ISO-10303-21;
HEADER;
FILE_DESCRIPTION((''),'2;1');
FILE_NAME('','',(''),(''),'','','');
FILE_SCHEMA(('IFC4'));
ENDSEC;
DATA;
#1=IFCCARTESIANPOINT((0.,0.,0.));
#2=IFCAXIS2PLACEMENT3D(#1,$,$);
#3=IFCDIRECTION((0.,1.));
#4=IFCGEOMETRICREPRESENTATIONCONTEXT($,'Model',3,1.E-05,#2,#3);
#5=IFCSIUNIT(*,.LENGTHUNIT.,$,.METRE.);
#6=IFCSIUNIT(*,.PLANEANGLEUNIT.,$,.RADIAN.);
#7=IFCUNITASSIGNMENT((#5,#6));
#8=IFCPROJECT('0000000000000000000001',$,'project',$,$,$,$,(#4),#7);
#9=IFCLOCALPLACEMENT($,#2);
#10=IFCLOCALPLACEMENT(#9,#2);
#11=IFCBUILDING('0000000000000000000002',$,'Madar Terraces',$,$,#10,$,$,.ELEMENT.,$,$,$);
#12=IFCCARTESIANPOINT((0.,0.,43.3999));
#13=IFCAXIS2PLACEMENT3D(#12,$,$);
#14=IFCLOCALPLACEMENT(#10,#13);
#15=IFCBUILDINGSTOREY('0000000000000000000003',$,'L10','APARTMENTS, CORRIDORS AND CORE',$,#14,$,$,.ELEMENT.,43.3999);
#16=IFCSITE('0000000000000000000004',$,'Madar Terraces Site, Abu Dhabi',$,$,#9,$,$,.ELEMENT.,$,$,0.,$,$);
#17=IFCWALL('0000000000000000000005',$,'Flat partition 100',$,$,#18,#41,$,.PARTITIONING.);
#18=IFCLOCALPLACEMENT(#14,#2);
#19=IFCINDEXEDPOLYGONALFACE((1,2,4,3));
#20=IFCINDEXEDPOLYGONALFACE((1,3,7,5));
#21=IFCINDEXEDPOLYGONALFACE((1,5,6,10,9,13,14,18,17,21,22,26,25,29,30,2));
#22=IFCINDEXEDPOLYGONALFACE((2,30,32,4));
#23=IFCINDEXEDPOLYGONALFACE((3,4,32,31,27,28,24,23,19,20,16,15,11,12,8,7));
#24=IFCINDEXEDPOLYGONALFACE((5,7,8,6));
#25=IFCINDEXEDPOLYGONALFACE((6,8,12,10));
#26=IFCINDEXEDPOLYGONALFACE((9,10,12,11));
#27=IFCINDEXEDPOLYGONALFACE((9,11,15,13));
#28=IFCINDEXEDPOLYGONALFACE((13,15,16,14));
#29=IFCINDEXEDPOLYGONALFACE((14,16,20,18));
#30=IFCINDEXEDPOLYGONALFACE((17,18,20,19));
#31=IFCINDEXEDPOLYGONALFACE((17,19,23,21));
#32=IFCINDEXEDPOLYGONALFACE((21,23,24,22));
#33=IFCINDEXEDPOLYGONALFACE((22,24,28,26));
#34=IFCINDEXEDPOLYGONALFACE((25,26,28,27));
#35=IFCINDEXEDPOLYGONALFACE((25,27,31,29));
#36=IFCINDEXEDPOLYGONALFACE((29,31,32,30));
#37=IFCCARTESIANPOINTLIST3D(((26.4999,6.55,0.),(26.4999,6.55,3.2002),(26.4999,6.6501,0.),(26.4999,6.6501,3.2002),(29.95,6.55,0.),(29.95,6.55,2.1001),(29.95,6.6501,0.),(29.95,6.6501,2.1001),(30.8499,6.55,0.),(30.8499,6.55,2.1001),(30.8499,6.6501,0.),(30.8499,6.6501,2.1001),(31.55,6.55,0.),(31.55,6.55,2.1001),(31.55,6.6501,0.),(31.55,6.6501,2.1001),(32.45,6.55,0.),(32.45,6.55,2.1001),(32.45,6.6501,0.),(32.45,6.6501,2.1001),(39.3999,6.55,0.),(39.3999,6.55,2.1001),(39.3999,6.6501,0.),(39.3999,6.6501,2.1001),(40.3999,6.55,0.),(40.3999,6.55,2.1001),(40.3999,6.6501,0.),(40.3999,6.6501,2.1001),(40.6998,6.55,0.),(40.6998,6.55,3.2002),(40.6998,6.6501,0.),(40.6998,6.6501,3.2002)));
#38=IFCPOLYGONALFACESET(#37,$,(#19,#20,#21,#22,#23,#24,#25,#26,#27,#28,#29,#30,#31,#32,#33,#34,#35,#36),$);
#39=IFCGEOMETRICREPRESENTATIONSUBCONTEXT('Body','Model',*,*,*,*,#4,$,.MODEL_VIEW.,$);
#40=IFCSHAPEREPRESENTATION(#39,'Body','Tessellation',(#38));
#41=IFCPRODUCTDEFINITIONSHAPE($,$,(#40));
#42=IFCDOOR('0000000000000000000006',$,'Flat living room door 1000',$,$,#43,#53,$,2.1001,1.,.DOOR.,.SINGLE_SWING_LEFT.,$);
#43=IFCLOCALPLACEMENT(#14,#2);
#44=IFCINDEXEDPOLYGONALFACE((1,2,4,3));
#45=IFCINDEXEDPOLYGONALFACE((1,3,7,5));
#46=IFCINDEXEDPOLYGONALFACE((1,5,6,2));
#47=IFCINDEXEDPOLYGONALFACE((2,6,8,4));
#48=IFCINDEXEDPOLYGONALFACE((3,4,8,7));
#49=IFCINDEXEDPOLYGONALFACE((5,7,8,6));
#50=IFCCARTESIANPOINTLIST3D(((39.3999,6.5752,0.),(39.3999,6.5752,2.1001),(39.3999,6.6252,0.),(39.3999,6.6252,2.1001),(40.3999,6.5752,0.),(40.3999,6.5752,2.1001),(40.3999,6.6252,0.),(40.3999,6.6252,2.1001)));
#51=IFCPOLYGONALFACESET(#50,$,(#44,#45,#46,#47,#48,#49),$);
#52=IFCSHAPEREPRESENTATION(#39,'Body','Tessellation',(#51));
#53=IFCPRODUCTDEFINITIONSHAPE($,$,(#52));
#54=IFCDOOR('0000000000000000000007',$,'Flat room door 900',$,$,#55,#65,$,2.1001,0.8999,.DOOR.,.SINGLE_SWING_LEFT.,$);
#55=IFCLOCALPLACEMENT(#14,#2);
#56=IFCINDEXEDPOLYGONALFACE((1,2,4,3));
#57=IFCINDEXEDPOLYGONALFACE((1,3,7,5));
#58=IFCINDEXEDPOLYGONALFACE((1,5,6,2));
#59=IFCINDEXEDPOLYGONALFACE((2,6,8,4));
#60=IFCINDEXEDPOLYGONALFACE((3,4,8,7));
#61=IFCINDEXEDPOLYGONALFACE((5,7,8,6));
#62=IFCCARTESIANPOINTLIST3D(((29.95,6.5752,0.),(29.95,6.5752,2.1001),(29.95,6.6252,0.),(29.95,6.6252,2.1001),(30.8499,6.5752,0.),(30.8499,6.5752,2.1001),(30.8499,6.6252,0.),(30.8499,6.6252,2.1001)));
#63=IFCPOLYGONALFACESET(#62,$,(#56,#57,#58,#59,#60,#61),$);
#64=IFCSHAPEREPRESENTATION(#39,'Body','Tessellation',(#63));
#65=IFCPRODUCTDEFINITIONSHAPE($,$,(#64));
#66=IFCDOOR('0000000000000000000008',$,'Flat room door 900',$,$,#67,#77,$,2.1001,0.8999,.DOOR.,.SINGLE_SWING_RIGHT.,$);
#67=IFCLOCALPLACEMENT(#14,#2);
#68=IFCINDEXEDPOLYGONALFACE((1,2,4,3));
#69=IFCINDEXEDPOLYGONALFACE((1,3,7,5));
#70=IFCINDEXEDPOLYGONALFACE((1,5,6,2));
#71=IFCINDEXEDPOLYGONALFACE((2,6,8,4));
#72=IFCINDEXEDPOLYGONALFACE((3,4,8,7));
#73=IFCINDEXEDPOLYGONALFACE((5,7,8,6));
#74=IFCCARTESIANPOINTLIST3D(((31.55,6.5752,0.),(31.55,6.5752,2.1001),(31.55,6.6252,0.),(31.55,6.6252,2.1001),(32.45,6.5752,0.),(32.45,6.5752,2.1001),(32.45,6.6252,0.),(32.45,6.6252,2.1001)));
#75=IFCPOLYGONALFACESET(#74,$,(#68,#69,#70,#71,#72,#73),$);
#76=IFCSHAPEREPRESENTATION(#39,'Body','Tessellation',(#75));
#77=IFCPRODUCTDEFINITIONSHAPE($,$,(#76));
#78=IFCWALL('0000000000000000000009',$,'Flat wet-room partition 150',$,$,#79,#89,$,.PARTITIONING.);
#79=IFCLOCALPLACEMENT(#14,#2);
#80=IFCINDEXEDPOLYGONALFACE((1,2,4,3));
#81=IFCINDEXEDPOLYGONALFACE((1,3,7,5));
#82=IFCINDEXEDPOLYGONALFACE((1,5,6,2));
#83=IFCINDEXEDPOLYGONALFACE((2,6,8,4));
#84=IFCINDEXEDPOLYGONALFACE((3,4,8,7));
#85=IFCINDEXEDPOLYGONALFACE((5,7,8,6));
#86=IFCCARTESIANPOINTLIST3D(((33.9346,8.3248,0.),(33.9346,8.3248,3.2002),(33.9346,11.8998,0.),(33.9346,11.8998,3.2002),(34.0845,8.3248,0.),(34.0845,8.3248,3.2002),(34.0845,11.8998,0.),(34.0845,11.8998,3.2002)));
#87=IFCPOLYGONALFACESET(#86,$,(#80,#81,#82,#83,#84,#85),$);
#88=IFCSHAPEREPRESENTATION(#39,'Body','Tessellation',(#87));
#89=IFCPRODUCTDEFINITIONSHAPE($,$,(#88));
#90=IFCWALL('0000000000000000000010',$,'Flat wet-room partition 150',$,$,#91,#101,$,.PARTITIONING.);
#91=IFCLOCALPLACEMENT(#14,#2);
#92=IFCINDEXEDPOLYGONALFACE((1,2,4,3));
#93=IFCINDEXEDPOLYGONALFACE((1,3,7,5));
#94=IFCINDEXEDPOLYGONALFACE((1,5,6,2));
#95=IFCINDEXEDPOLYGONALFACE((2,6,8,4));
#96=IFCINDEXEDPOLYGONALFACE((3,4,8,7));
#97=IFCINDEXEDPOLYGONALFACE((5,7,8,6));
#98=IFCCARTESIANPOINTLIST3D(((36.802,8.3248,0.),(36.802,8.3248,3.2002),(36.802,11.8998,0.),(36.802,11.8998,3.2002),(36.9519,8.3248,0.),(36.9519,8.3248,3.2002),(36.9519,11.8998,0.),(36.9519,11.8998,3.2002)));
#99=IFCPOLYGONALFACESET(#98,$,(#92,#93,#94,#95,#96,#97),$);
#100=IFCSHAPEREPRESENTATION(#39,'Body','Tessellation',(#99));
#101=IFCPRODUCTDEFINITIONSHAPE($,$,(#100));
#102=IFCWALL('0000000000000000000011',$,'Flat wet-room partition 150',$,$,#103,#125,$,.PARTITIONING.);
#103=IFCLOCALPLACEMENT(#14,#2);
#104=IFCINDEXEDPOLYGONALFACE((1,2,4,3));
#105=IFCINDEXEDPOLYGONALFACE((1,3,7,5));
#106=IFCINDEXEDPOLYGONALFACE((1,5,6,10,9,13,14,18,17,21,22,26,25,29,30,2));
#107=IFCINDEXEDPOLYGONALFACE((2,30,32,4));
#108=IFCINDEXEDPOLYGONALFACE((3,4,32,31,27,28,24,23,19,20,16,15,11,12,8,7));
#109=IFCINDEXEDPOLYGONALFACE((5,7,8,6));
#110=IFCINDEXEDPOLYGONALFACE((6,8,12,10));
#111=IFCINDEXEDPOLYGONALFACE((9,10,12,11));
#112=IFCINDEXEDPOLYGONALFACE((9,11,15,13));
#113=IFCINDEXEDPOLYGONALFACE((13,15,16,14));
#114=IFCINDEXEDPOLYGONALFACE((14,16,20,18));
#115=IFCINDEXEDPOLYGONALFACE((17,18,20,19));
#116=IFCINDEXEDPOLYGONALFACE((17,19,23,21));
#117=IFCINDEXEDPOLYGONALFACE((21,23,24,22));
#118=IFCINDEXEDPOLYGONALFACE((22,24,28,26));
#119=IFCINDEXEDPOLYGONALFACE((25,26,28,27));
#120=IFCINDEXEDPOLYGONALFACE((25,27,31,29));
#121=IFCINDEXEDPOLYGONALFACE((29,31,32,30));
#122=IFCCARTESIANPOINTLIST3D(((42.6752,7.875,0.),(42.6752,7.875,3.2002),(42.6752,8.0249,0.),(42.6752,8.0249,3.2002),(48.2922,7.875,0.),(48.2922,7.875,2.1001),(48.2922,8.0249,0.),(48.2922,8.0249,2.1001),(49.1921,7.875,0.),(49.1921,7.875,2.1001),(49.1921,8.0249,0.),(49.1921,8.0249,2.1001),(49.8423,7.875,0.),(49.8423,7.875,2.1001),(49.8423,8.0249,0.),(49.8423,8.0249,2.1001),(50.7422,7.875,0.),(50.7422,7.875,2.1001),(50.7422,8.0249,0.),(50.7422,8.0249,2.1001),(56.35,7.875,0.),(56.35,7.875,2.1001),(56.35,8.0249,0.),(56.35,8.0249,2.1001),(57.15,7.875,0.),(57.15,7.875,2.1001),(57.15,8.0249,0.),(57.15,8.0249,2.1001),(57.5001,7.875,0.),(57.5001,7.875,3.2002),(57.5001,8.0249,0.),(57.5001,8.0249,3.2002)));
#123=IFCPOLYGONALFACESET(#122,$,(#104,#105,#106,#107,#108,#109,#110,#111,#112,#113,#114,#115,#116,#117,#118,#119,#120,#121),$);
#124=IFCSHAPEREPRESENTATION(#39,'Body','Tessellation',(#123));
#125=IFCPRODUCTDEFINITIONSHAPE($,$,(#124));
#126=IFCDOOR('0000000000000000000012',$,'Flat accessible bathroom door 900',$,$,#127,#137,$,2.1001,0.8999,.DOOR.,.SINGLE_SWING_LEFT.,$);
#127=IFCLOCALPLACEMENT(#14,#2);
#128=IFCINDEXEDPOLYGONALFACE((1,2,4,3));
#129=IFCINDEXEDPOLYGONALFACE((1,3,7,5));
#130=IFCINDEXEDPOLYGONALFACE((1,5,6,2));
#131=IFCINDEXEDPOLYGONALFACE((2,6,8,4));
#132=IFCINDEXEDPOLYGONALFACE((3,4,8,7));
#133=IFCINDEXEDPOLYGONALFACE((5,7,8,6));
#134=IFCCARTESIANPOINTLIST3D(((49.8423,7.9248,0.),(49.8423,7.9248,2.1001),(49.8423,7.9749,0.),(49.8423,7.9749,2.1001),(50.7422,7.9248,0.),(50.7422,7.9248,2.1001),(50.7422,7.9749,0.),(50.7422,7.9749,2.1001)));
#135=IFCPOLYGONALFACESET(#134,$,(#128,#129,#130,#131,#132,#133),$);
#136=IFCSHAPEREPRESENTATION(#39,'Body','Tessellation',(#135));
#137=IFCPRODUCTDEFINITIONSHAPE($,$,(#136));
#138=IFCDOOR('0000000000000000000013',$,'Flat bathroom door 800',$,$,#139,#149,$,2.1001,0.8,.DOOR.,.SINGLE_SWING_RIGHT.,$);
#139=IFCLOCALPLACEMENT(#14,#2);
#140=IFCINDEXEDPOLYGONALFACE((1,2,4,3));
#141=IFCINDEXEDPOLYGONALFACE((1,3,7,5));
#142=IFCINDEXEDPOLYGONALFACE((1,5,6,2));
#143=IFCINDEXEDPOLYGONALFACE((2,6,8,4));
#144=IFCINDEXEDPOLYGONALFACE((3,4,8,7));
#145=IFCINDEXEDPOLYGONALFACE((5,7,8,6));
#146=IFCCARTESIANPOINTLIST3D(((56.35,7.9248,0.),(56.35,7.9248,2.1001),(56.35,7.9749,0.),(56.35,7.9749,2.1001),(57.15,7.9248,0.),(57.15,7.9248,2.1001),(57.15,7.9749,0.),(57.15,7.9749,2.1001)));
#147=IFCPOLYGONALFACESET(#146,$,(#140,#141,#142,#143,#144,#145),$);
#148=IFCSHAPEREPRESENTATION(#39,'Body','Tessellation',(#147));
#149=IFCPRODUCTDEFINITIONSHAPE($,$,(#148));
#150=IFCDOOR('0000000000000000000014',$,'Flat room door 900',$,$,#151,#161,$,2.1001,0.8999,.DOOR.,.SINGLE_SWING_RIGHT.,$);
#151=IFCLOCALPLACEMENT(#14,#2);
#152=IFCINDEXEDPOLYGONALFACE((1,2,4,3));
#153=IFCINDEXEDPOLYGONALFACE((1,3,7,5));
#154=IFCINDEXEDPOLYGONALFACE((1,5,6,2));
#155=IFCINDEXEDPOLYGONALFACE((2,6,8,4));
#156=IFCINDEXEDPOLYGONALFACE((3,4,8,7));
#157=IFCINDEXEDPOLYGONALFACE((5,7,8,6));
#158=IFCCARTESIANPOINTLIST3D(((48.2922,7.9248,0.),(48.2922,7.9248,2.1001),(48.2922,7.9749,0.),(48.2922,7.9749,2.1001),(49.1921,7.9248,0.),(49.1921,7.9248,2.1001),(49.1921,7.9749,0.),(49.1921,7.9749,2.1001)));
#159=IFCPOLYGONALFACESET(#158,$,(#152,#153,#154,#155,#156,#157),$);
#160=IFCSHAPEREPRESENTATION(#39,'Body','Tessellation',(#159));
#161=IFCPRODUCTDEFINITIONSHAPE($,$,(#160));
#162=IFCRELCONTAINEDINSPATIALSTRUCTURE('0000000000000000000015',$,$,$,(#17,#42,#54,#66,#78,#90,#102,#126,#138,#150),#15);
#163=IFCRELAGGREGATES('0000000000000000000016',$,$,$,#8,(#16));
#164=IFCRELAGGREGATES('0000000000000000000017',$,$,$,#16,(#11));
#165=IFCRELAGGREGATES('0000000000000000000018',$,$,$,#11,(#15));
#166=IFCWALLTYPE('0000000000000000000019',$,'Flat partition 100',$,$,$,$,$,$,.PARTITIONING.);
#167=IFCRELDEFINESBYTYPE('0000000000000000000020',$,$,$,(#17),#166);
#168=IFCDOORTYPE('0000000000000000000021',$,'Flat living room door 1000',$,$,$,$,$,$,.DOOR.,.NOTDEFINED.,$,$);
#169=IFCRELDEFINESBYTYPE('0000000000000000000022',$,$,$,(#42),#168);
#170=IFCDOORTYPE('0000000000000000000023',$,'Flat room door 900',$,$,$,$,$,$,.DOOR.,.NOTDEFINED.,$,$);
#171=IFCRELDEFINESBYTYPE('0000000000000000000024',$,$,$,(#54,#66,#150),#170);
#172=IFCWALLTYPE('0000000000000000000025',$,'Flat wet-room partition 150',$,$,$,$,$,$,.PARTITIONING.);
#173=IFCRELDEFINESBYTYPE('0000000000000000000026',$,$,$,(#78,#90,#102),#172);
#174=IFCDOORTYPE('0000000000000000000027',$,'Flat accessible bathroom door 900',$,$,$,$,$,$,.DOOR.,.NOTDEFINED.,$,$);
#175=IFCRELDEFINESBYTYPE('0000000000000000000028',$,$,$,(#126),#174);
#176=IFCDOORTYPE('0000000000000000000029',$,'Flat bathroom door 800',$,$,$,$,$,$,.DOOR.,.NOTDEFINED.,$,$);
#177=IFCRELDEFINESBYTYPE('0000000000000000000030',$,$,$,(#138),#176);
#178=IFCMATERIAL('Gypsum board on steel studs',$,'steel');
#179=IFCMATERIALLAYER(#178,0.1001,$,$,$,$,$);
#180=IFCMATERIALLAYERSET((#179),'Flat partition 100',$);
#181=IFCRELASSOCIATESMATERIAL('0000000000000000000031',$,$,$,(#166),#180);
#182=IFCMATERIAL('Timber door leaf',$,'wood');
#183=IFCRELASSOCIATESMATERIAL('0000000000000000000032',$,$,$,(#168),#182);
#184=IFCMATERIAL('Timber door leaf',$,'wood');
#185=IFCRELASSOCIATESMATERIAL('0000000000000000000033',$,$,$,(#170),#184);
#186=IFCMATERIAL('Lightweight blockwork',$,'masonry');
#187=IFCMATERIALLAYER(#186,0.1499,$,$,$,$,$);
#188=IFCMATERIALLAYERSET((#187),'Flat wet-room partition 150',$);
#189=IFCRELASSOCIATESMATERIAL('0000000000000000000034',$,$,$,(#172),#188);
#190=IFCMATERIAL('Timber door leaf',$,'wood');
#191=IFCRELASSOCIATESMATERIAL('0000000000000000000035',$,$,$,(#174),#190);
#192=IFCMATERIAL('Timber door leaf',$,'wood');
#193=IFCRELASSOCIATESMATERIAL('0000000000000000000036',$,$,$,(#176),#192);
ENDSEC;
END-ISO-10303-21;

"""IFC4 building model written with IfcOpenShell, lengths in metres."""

from ifc_helpers import new_model, si_unit, direction, frame, frame_2d, origin, place, context, subcontext, project, spatial, rectangle, extrude, material, layer, layer_set, type_object, element, fill, save


model = new_model("IFC4")

# Units and contexts
model_context = context("Model", 3, precision=1e-05, world=origin(), true_north=direction((0.0, 1.0)))
body_context = subcontext(model_context, "Body", "Model", "MODEL_VIEW")
ifc_project = project(units=[si_unit("LENGTHUNIT", "METRE"), si_unit("PLANEANGLEUNIT", "RADIAN")], contexts=[model_context])

# Site, building, storey
site_placement = place(None, origin())
site = spatial("IfcSite", under=ifc_project, at=site_placement, Name="Madar Terraces Site, Abu Dhabi", CompositionType="ELEMENT", RefElevation=0.0)
building_placement = place(site_placement, origin())
building = spatial("IfcBuilding", under=site, at=building_placement, Name="Madar Terraces", CompositionType="ELEMENT")
storey_placement = place(building_placement, frame((0.0, 0.0, 43.3999)))
storey = spatial("IfcBuildingStorey", under=building, at=storey_placement, Name="L10", Description="APARTMENTS, CORRIDORS AND CORE", CompositionType="ELEMENT", Elevation=43.3999)

# Shared definitions
ifc_material_1 = material(Name="Gypsum board on steel studs", Category="steel")
ifc_layer_1 = layer(ifc_material_1, 0.1001)
ifc_layer_set_1 = layer_set([ifc_layer_1], Name="Flat partition 100")
wall_type_1 = type_object("IfcWallType", Name="Flat partition 100", PredefinedType="PARTITIONING", material=ifc_layer_set_1)

# Wall, openings, doors
wall_1_placement = place(storey_placement, frame((40.7, 6.6001, 0.0), z_axis=(0.0, 0.0, 1.0), x_axis=(-1.0, 0.0, 0.0)))
wall_1 = element("IfcWall", 1, at=wall_1_placement, inside=storey, type_object=wall_type_1, Name="Flat partition 100", PredefinedType="PARTITIONING", context=body_context, shape_type="SweptSolid", body=[
    extrude(rectangle(XDim=14.2, YDim=0.1001, at=frame_2d((7.1001, 0.0))), origin(), (0.0, 0.0, 1.0), 3.2002),
])
opening_1_placement = place(wall_1_placement, frame((9.8501, 0.0, 0.0)))
opening_1 = element("IfcOpeningElement", 2, at=opening_1_placement, cuts=wall_1, PredefinedType="OPENING", context=body_context, shape_type="SweptSolid", body=[
    extrude(rectangle(XDim=0.8999, YDim=2.1001, at=frame_2d((0.45, 1.05))), frame((0.0, 0.0601, 0.0), z_axis=(0.0, -1.0, 0.0), x_axis=(1.0, 0.0, 0.0)), (0.0, 0.0, 1.0), 0.1201),
])
opening_2_placement = place(wall_1_placement, frame((8.25, 0.0, 0.0)))
opening_2 = element("IfcOpeningElement", 3, at=opening_2_placement, cuts=wall_1, PredefinedType="OPENING", context=body_context, shape_type="SweptSolid", body=[
    extrude(rectangle(XDim=0.8999, YDim=2.1001, at=frame_2d((0.45, 1.05))), frame((0.0, 0.0601, 0.0), z_axis=(0.0, -1.0, 0.0), x_axis=(1.0, 0.0, 0.0)), (0.0, 0.0, 1.0), 0.1201),
])
opening_3_placement = place(wall_1_placement, frame((0.3, 0.0, 0.0)))
opening_3 = element("IfcOpeningElement", 4, at=opening_3_placement, cuts=wall_1, PredefinedType="OPENING", context=body_context, shape_type="SweptSolid", body=[
    extrude(rectangle(XDim=1.0, YDim=2.1001, at=frame_2d((0.5, 1.05))), frame((0.0, 0.0601, 0.0), z_axis=(0.0, -1.0, 0.0), x_axis=(1.0, 0.0, 0.0)), (0.0, 0.0, 1.0), 0.1201),
])
ifc_material_2 = material(Name="Timber door leaf", Category="wood")
door_type_1 = type_object("IfcDoorType", Name="Flat living room door 1000", OperationType="NOTDEFINED", PredefinedType="DOOR", material=ifc_material_2)
door_1_placement = place(opening_3_placement, origin())
door_1 = element("IfcDoor", 5, at=door_1_placement, inside=storey, type_object=door_type_1, Name="Flat living room door 1000", OperationType="SINGLE_SWING_LEFT", OverallHeight=2.1001, OverallWidth=1.0, PredefinedType="DOOR", context=body_context, shape_type="SweptSolid", body=[
    extrude(rectangle(XDim=1.0, YDim=2.1001, at=frame_2d((0.5, 1.05))), frame((0.0, 0.0249, 0.0), z_axis=(0.0, -1.0, 0.0), x_axis=(1.0, 0.0, 0.0)), (0.0, 0.0, 1.0), 0.05),
])
fill(opening_3, door_1)
ifc_material_3 = material(Name="Timber door leaf", Category="wood")
door_type_2 = type_object("IfcDoorType", Name="Flat room door 900", OperationType="NOTDEFINED", PredefinedType="DOOR", material=ifc_material_3)
door_2_placement = place(opening_1_placement, origin())
door_2 = element("IfcDoor", 6, at=door_2_placement, inside=storey, type_object=door_type_2, Name="Flat room door 900", OperationType="SINGLE_SWING_LEFT", OverallHeight=2.1001, OverallWidth=0.8999, PredefinedType="DOOR", context=body_context, shape_type="SweptSolid", body=[
    extrude(rectangle(XDim=0.8999, YDim=2.1001, at=frame_2d((0.45, 1.05))), frame((0.0, 0.0249, 0.0), z_axis=(0.0, -1.0, 0.0), x_axis=(1.0, 0.0, 0.0)), (0.0, 0.0, 1.0), 0.05),
])
fill(opening_1, door_2)
door_3_placement = place(opening_2_placement, origin())
door_3 = element("IfcDoor", 7, at=door_3_placement, inside=storey, type_object=door_type_2, Name="Flat room door 900", OperationType="SINGLE_SWING_RIGHT", OverallHeight=2.1001, OverallWidth=0.8999, PredefinedType="DOOR", context=body_context, shape_type="SweptSolid", body=[
    extrude(rectangle(XDim=0.8999, YDim=2.1001, at=frame_2d((0.45, 1.05))), frame((0.0, 0.0249, 0.0), z_axis=(0.0, -1.0, 0.0), x_axis=(1.0, 0.0, 0.0)), (0.0, 0.0, 1.0), 0.05),
])
fill(opening_2, door_3)

# Walls
ifc_material_4 = material(Name="Lightweight blockwork", Category="masonry")
ifc_layer_2 = layer(ifc_material_4, 0.1499)
ifc_layer_set_2 = layer_set([ifc_layer_2], Name="Flat wet-room partition 150")
wall_type_2 = type_object("IfcWallType", Name="Flat wet-room partition 150", PredefinedType="PARTITIONING", material=ifc_layer_set_2)
for number, where, z_axis, x_axis, name in (
    (8, (34.0095, 11.8999, 0.0), (0.0, 0.0, 1.0), (0.0, -1.0, 0.0), "Flat wet-room partition 150"),
    (9, (36.877, 11.8999, 0.0), (0.0, 0.0, 1.0), (0.0, -1.0, 0.0), "Flat wet-room partition 150"),
):
    element("IfcWall", number, at=place(storey_placement, frame(where, z_axis=z_axis, x_axis=x_axis)), inside=storey, type_object=wall_type_2, Name=name, PredefinedType="PARTITIONING", context=body_context, shape_type="SweptSolid", body=[
        extrude(rectangle(XDim=3.575, YDim=0.1499, at=frame_2d((1.7876, 0.0))), origin(), (0.0, 0.0, 1.0), 3.2002),
    ])

# Wall, openings, doors
wall_2_placement = place(storey_placement, frame((42.675, 7.95, 0.0), z_axis=(0.0, 0.0, 1.0), x_axis=(1.0, 0.0, 0.0)))
wall_2 = element("IfcWall", 10, at=wall_2_placement, inside=storey, type_object=wall_type_2, Name="Flat wet-room partition 150", PredefinedType="PARTITIONING", context=body_context, shape_type="SweptSolid", body=[
    extrude(rectangle(XDim=14.825, YDim=0.1499, at=frame_2d((7.4126, 0.0))), origin(), (0.0, 0.0, 1.0), 3.2002),
])
opening_4_placement = place(wall_2_placement, frame((5.6172, 0.0, 0.0)))
opening_4 = element("IfcOpeningElement", 11, at=opening_4_placement, cuts=wall_2, PredefinedType="OPENING", context=body_context, shape_type="SweptSolid", body=[
    extrude(rectangle(XDim=0.8999, YDim=2.1001, at=frame_2d((0.45, 1.05))), frame((0.0, 0.085, 0.0), z_axis=(0.0, -1.0, 0.0), x_axis=(1.0, 0.0, 0.0)), (0.0, 0.0, 1.0), 0.1699),
])
opening_5_placement = place(wall_2_placement, frame((7.1672, 0.0, 0.0)))
opening_5 = element("IfcOpeningElement", 12, at=opening_5_placement, cuts=wall_2, PredefinedType="OPENING", context=body_context, shape_type="SweptSolid", body=[
    extrude(rectangle(XDim=0.8999, YDim=2.1001, at=frame_2d((0.45, 1.05))), frame((0.0, 0.085, 0.0), z_axis=(0.0, -1.0, 0.0), x_axis=(1.0, 0.0, 0.0)), (0.0, 0.0, 1.0), 0.1699),
])
opening_6_placement = place(wall_2_placement, frame((13.675, 0.0, 0.0)))
opening_6 = element("IfcOpeningElement", 13, at=opening_6_placement, cuts=wall_2, PredefinedType="OPENING", context=body_context, shape_type="SweptSolid", body=[
    extrude(rectangle(XDim=0.8, YDim=2.1001, at=frame_2d((0.3999, 1.05))), frame((0.0, 0.085, 0.0), z_axis=(0.0, -1.0, 0.0), x_axis=(1.0, 0.0, 0.0)), (0.0, 0.0, 1.0), 0.1699),
])
ifc_material_5 = material(Name="Timber door leaf", Category="wood")
door_type_3 = type_object("IfcDoorType", Name="Flat accessible bathroom door 900", OperationType="NOTDEFINED", PredefinedType="DOOR", material=ifc_material_5)
door_4_placement = place(opening_5_placement, origin())
door_4 = element("IfcDoor", 14, at=door_4_placement, inside=storey, type_object=door_type_3, Name="Flat accessible bathroom door 900", OperationType="SINGLE_SWING_LEFT", OverallHeight=2.1001, OverallWidth=0.8999, PredefinedType="DOOR", context=body_context, shape_type="SweptSolid", body=[
    extrude(rectangle(XDim=0.8999, YDim=2.1001, at=frame_2d((0.45, 1.05))), frame((0.0, 0.0249, 0.0), z_axis=(0.0, -1.0, 0.0), x_axis=(1.0, 0.0, 0.0)), (0.0, 0.0, 1.0), 0.05),
])
fill(opening_5, door_4)
ifc_material_6 = material(Name="Timber door leaf", Category="wood")
door_type_4 = type_object("IfcDoorType", Name="Flat bathroom door 800", OperationType="NOTDEFINED", PredefinedType="DOOR", material=ifc_material_6)
door_5_placement = place(opening_6_placement, origin())
door_5 = element("IfcDoor", 15, at=door_5_placement, inside=storey, type_object=door_type_4, Name="Flat bathroom door 800", OperationType="SINGLE_SWING_RIGHT", OverallHeight=2.1001, OverallWidth=0.8, PredefinedType="DOOR", context=body_context, shape_type="SweptSolid", body=[
    extrude(rectangle(XDim=0.8, YDim=2.1001, at=frame_2d((0.3999, 1.05))), frame((0.0, 0.0249, 0.0), z_axis=(0.0, -1.0, 0.0), x_axis=(1.0, 0.0, 0.0)), (0.0, 0.0, 1.0), 0.05),
])
fill(opening_6, door_5)
door_6_placement = place(opening_4_placement, origin())
door_6 = element("IfcDoor", 16, at=door_6_placement, inside=storey, type_object=door_type_2, Name="Flat room door 900", OperationType="SINGLE_SWING_RIGHT", OverallHeight=2.1001, OverallWidth=0.8999, PredefinedType="DOOR", context=body_context, shape_type="SweptSolid", body=[
    extrude(rectangle(XDim=0.8999, YDim=2.1001, at=frame_2d((0.45, 1.05))), frame((0.0, 0.0249, 0.0), z_axis=(0.0, -1.0, 0.0), x_axis=(1.0, 0.0, 0.0)), (0.0, 0.0, 1.0), 0.05),
])
fill(opening_4, door_6)

save(model, "model.ifc")
